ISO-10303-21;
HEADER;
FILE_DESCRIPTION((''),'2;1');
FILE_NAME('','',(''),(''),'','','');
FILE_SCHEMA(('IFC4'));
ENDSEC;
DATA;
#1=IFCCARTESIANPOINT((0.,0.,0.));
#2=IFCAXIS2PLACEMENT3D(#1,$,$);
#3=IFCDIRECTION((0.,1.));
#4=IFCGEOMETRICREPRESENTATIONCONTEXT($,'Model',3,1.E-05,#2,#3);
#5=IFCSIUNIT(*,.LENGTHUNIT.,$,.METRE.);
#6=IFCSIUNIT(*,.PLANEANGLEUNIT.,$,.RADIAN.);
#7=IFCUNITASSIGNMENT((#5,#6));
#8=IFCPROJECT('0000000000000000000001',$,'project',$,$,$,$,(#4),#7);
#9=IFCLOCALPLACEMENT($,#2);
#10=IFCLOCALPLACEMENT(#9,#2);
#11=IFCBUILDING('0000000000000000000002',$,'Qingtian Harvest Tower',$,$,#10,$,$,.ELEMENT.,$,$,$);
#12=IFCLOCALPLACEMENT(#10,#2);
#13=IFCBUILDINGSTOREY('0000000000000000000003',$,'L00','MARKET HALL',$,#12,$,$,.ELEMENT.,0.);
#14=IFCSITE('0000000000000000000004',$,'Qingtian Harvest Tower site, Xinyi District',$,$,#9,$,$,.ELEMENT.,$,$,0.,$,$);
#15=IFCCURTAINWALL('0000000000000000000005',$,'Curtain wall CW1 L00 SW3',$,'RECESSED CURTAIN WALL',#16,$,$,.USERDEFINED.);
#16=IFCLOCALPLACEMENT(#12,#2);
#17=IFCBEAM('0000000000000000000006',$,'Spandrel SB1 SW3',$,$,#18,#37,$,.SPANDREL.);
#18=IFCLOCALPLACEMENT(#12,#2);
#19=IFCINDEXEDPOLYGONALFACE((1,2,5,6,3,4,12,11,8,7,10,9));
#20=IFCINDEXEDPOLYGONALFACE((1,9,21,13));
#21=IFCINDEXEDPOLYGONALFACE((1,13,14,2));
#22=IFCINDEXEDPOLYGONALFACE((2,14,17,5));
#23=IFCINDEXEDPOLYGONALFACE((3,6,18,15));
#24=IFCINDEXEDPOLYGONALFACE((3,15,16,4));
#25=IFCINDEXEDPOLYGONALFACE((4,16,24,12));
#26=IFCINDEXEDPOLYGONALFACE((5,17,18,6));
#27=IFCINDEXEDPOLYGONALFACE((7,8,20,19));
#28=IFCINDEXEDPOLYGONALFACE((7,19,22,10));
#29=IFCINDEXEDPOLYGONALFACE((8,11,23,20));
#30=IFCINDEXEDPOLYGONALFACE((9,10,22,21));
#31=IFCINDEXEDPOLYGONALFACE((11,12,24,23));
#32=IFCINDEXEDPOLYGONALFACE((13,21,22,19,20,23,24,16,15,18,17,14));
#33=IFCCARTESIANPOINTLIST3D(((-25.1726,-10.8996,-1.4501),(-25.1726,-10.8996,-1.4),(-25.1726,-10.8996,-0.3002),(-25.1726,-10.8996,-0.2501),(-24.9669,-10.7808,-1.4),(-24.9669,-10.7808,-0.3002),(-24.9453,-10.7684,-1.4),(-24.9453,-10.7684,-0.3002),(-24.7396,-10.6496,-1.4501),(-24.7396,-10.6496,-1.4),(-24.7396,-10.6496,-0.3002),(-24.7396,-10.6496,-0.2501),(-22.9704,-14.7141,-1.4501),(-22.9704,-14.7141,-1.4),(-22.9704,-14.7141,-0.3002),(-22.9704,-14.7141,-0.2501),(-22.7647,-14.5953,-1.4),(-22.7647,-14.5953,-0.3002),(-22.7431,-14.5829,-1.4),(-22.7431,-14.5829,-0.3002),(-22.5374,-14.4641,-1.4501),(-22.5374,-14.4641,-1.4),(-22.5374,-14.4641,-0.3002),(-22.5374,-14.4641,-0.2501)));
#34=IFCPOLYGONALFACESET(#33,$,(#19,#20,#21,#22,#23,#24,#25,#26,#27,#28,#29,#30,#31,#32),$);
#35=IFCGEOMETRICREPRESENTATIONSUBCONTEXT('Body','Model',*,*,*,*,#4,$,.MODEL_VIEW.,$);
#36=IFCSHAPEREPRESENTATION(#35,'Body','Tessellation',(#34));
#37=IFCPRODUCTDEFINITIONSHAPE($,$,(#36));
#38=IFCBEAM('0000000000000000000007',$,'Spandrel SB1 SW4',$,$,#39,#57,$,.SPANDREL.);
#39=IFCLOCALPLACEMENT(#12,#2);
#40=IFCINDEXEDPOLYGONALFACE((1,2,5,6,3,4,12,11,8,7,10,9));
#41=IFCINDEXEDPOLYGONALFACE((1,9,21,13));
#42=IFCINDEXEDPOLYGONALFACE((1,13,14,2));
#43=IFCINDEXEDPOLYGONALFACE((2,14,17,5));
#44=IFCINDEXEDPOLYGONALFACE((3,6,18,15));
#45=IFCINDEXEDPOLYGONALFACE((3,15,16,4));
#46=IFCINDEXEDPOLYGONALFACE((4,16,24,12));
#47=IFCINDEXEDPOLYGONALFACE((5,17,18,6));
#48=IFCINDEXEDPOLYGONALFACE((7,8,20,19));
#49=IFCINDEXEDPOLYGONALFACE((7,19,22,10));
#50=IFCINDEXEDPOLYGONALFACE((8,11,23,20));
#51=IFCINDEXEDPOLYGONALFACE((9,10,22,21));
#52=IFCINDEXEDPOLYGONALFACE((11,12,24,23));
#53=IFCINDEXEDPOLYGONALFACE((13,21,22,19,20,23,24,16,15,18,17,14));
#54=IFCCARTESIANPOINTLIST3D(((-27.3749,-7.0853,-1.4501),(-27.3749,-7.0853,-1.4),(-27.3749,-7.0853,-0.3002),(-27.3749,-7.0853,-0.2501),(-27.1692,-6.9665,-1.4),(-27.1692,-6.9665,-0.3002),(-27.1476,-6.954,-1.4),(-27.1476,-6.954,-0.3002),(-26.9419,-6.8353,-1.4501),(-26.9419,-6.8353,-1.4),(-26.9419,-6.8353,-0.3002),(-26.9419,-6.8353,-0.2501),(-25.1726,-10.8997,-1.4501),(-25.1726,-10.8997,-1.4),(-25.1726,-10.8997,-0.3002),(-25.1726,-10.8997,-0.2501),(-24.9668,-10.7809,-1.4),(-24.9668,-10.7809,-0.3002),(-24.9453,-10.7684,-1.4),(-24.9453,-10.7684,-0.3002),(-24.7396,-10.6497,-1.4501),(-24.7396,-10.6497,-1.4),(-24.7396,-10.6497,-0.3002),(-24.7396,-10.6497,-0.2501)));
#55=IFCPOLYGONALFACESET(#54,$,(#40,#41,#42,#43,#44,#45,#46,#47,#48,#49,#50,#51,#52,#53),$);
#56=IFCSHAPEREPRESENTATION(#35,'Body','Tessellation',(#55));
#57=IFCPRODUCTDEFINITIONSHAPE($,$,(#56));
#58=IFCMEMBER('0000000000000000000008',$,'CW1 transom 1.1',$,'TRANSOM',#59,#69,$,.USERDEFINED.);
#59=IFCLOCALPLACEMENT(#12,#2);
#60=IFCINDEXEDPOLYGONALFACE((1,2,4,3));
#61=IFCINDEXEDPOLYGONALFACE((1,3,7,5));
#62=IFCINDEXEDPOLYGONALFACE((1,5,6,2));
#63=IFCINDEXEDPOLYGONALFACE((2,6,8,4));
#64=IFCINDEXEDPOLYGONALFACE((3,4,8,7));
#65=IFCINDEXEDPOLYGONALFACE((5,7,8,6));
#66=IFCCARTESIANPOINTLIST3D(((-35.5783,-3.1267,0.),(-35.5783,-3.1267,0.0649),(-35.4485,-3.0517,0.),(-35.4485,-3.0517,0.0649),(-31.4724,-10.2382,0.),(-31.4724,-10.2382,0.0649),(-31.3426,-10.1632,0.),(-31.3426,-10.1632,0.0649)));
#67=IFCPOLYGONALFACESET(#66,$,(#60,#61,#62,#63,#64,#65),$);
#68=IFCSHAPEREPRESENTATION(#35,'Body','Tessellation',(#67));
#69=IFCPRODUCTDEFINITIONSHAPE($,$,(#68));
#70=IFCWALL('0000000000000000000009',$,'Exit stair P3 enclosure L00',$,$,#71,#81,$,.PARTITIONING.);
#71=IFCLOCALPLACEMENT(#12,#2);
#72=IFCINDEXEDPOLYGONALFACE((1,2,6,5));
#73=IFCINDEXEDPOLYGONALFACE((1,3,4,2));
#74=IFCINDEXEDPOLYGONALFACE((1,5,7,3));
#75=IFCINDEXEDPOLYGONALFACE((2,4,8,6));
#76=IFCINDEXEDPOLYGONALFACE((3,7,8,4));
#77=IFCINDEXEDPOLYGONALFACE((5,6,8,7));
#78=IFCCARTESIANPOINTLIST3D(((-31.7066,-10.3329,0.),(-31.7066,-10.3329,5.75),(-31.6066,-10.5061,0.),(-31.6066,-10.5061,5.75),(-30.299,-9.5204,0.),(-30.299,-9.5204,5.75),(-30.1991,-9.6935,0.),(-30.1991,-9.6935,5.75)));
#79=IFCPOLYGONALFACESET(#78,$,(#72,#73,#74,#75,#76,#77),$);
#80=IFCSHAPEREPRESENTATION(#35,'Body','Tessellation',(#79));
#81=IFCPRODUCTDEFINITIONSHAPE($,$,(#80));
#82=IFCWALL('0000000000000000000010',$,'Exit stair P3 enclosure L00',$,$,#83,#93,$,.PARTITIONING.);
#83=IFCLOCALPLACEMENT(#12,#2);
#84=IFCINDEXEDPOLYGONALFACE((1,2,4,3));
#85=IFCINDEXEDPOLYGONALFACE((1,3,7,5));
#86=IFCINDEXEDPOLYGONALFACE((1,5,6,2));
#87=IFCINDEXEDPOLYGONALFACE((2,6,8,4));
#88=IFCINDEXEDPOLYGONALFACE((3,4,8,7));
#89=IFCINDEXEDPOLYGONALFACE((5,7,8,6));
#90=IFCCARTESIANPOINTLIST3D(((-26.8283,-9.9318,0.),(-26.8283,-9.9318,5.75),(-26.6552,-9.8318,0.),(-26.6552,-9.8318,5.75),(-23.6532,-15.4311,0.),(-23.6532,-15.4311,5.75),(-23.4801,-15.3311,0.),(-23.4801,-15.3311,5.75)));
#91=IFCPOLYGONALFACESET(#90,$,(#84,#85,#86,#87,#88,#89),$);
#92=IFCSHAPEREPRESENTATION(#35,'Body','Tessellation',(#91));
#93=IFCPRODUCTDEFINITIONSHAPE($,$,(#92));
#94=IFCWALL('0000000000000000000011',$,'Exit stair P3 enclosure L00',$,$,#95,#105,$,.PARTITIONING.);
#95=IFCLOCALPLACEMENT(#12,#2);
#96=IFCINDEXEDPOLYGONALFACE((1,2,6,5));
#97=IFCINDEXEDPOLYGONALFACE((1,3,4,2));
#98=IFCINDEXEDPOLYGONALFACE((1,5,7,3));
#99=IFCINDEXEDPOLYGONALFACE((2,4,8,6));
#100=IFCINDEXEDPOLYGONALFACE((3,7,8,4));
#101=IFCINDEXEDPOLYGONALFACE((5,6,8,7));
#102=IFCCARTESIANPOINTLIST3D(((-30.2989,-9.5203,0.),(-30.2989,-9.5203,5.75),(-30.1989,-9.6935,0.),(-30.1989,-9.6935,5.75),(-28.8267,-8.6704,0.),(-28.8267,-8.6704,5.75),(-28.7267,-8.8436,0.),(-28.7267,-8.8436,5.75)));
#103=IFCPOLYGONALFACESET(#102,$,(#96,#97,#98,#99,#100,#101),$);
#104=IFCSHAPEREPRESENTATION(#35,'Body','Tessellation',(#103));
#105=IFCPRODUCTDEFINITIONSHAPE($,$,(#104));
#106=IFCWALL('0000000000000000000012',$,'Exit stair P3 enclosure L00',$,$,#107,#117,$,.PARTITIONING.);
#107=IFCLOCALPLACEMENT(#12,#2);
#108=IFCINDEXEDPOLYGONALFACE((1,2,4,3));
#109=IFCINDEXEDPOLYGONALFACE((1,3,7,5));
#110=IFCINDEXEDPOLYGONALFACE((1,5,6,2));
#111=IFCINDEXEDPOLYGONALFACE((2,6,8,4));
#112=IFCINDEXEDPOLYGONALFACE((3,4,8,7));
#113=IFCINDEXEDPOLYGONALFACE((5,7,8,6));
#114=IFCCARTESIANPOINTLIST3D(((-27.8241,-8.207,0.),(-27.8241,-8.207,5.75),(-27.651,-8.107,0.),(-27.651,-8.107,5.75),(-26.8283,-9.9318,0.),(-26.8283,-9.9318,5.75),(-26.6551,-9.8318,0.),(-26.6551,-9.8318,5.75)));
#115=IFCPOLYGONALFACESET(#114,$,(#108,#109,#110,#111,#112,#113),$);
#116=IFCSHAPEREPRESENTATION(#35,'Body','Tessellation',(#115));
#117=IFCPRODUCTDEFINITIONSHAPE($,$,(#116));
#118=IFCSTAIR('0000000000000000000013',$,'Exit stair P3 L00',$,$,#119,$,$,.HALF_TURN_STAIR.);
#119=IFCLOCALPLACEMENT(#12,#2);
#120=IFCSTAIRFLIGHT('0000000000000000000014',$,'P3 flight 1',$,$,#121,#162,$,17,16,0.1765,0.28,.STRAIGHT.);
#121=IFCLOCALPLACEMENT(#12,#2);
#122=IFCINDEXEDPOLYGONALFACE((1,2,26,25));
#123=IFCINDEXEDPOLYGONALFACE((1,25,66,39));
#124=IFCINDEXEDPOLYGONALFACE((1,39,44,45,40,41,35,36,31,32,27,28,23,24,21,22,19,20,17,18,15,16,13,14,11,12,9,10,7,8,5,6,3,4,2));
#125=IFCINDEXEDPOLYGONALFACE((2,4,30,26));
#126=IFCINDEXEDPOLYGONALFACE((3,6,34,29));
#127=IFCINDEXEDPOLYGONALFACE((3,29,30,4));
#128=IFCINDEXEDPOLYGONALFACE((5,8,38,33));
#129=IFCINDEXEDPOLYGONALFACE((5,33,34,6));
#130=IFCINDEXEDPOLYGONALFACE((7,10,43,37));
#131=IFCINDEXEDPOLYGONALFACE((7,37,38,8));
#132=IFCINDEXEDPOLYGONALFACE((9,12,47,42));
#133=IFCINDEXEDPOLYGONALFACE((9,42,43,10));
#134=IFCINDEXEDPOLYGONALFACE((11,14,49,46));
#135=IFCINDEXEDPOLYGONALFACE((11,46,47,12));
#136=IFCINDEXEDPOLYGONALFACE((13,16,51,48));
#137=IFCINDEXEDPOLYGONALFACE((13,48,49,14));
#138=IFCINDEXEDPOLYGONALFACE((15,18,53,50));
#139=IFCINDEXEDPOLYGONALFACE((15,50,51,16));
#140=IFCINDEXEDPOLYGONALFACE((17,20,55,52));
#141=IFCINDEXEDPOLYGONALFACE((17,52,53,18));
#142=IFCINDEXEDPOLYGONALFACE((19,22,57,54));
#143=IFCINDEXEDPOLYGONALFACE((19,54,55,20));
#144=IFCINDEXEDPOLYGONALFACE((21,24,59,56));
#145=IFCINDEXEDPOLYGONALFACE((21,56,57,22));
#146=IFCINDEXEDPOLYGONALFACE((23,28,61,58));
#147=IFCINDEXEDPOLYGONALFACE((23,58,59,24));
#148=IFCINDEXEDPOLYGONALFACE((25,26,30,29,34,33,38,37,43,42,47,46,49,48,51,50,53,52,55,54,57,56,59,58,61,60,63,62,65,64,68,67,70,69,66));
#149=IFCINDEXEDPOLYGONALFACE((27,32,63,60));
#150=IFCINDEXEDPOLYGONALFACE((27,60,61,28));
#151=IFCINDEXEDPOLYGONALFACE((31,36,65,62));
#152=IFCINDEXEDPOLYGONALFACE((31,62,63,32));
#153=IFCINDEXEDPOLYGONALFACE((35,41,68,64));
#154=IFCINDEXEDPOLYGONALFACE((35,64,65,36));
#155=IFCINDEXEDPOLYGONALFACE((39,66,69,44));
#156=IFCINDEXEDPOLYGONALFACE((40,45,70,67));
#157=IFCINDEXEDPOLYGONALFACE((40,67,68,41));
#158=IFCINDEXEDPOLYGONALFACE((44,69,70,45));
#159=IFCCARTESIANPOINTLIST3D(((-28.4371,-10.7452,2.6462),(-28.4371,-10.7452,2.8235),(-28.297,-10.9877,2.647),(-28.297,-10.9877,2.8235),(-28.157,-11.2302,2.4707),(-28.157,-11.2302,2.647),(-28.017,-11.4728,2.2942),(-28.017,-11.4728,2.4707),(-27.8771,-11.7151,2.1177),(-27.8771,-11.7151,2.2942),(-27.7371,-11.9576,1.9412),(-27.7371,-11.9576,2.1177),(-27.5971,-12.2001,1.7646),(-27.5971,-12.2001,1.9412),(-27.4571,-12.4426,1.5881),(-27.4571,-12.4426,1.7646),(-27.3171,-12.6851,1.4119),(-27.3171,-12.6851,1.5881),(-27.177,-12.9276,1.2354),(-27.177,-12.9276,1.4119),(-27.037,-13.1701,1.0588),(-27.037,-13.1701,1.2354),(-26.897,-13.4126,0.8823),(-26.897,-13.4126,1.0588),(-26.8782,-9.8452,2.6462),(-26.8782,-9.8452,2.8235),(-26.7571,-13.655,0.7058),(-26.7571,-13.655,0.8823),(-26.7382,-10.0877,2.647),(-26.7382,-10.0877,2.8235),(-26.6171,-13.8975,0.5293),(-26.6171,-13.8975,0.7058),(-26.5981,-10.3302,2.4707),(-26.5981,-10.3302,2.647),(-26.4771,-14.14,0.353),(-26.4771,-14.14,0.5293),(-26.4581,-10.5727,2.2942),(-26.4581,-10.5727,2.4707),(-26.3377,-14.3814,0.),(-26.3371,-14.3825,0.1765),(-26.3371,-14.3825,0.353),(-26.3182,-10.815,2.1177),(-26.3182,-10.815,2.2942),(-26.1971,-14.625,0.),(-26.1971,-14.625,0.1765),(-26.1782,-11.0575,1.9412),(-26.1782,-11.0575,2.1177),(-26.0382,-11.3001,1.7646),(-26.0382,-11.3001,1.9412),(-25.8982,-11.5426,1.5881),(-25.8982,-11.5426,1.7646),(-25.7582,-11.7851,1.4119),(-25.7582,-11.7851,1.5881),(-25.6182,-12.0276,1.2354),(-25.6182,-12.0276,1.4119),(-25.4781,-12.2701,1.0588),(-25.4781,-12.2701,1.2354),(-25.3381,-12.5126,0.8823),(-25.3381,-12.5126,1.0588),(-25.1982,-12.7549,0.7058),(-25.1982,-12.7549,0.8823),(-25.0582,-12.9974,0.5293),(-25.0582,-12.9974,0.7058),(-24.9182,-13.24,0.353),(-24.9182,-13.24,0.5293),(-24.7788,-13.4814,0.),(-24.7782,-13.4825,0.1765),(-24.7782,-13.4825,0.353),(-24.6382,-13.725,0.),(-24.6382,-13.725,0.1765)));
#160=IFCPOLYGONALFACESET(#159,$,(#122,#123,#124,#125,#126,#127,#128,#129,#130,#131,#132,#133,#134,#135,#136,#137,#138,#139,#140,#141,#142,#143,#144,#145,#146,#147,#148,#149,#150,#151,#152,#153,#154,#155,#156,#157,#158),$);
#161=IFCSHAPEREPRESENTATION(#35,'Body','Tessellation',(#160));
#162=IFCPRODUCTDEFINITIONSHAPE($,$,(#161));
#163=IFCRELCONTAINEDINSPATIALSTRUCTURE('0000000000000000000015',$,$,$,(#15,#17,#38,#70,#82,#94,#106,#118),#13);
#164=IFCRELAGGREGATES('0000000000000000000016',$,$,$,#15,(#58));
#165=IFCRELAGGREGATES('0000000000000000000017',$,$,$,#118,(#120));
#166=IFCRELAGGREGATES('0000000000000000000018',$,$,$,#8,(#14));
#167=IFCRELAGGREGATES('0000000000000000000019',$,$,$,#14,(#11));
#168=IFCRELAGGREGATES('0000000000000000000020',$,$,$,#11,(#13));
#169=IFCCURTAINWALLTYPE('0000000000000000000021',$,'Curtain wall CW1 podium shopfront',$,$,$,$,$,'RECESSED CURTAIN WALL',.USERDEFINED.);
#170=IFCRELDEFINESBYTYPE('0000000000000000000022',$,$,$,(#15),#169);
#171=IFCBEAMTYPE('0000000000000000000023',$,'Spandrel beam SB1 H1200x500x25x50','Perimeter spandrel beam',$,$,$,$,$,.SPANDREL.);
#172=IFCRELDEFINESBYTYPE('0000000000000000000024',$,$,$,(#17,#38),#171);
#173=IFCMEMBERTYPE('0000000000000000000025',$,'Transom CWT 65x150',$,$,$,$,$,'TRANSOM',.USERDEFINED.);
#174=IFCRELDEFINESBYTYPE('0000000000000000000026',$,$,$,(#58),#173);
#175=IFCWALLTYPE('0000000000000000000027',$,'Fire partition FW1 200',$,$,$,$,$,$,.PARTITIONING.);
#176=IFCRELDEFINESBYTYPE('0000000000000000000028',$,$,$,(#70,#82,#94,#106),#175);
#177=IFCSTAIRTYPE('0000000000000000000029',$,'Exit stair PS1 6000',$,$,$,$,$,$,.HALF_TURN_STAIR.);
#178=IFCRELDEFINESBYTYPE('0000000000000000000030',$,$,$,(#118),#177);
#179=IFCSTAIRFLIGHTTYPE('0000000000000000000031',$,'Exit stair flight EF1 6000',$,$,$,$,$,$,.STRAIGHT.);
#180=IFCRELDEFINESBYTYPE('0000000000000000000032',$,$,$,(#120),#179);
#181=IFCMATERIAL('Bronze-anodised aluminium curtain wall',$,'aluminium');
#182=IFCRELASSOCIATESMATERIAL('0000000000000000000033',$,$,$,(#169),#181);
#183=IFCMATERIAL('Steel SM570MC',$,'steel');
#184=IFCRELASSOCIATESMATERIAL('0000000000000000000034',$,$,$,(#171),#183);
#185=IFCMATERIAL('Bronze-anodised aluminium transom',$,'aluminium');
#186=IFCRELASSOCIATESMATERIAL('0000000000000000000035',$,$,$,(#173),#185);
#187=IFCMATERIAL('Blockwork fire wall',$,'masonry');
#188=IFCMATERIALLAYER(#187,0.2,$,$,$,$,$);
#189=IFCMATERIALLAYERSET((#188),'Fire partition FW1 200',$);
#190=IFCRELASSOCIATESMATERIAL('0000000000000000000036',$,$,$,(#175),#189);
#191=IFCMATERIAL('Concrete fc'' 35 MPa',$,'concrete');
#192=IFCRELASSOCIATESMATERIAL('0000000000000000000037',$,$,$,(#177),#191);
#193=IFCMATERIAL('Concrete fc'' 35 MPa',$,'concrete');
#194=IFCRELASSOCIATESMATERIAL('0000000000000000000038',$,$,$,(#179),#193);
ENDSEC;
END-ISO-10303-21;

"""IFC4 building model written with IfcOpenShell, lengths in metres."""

from ifc_helpers import new_model, si_unit, direction, frame, frame_2d, origin, origin_2d, place, context, subcontext, project, spatial, polyline, rectangle, i_section, outline, extrude, material, layer, layer_set, material_profile, profile_set, type_object, element, aggregate, save


model = new_model("IFC4")

# Units and contexts
model_context = context("Model", 3, precision=1e-05, world=origin(), true_north=direction((0.0, 1.0)))
body_context = subcontext(model_context, "Body", "Model", "MODEL_VIEW")
ifc_project = project(units=[si_unit("LENGTHUNIT", "METRE"), si_unit("PLANEANGLEUNIT", "RADIAN")], contexts=[model_context])

# Site, building, storey
site_placement = place(None, origin())
site = spatial("IfcSite", under=ifc_project, at=site_placement, Name="Qingtian Harvest Tower site, Xinyi District", CompositionType="ELEMENT", RefElevation=0.0)
building_placement = place(site_placement, origin())
building = spatial("IfcBuilding", under=site, at=building_placement, Name="Qingtian Harvest Tower", CompositionType="ELEMENT")
storey_placement = place(building_placement, origin())
storey = spatial("IfcBuildingStorey", under=building, at=storey_placement, Name="L00", Description="MARKET HALL", CompositionType="ELEMENT", Elevation=0.0)

# Curtain wall
ifc_material_1 = material(Name="Bronze-anodised aluminium curtain wall", Category="aluminium")
curtain_wall_type = type_object("IfcCurtainWallType", Name="Curtain wall CW1 podium shopfront", ElementType="RECESSED CURTAIN WALL", PredefinedType="USERDEFINED", material=ifc_material_1)
curtain_wall_placement = place(storey_placement, origin())
curtain_wall = element("IfcCurtainWall", 1, at=curtain_wall_placement, inside=storey, type_object=curtain_wall_type, Name="Curtain wall CW1 L00 SW3", ObjectType="RECESSED CURTAIN WALL", PredefinedType="USERDEFINED")

# Beams
ifc_material_2 = material(Name="Steel SM570MC", Category="steel")
ifc_material_profile_1 = material_profile(ifc_material_2, i_section(OverallWidth=0.5, OverallDepth=1.2, WebThickness=0.0249, FlangeThickness=0.05, at=origin_2d()), Name="H1200x500x25x50")
ifc_profile_set_1 = profile_set([ifc_material_profile_1], Name="Steel SM570MC")
beam_type_1 = type_object("IfcBeamType", Name="Spandrel beam SB1 H1200x500x25x50", Description="Perimeter spandrel beam", PredefinedType="SPANDREL", material=ifc_profile_set_1)
for number, where, z_axis, x_axis, name in (
    (2, (-22.7539, -14.5891, -0.8501), (-0.499978, 0.866038, 0.0), (-0.866038, -0.499978, 0.0), "Spandrel SB1 SW3"),
    (3, (-24.9561, -10.7747, -0.8501), (-0.50002, 0.866014, 0.0), (-0.866014, -0.50002, 0.0), "Spandrel SB1 SW4"),
):
    element("IfcBeam", number, at=place(storey_placement, frame(where, z_axis=z_axis, x_axis=x_axis)), inside=storey, type_object=beam_type_1, Name=name, PredefinedType="SPANDREL", context=body_context, shape_type="SweptSolid", body=[
        extrude(i_section(OverallWidth=0.5, OverallDepth=1.2, WebThickness=0.0249, FlangeThickness=0.05, at=origin_2d()), origin(), (0.0, 0.0, 1.0), 4.4045),
    ])

# Member
ifc_material_3 = material(Name="Bronze-anodised aluminium transom", Category="aluminium")
ifc_material_profile_2 = material_profile(ifc_material_3, rectangle(XDim=0.1499, YDim=0.0649, at=origin_2d()), Name="AL 65x150")
ifc_profile_set_2 = profile_set([ifc_material_profile_2], Name="Bronze-anodised aluminium transom")
member_type_1 = type_object("IfcMemberType", Name="Transom CWT 65x150", ElementType="TRANSOM", PredefinedType="USERDEFINED", material=ifc_profile_set_2)
member_1_placement = place(storey_placement, frame((-31.4075, -10.2007, 0.0325), z_axis=(-0.500008, 0.866021, 0.0), x_axis=(-0.866021, -0.500008, 0.0)))
member_1 = element("IfcMember", 4, at=member_1_placement, type_object=member_type_1, Name="CW1 transom 1.1", ObjectType="TRANSOM", PredefinedType="USERDEFINED", context=body_context, shape_type="SweptSolid", body=[
    extrude(rectangle(XDim=0.1499, YDim=0.0649, at=origin_2d()), origin(), (0.0, 0.0, 1.0), 8.2117),
])
aggregate(curtain_wall, [member_1])

# Walls
ifc_material_4 = material(Name="Blockwork fire wall", Category="masonry")
ifc_layer = layer(ifc_material_4, 0.2)
ifc_layer_set = layer_set([ifc_layer], Name="Fire partition FW1 200")
wall_type = type_object("IfcWallType", Name="Fire partition FW1 200", PredefinedType="PARTITIONING", material=ifc_layer_set)
wall_1_placement = place(storey_placement, frame((-31.6565, -10.4194, 0.0), z_axis=(0.0, 0.0, 1.0), x_axis=(0.866053, 0.499952, 0.0)))
element("IfcWall", 5, at=wall_1_placement, inside=storey, type_object=wall_type, Name="Exit stair P3 enclosure L00", PredefinedType="PARTITIONING", context=body_context, shape_type="SweptSolid", body=[
    extrude(rectangle(XDim=1.6252, YDim=0.2, at=frame_2d((0.8125, 0.0))), origin(), (0.0, 0.0, 1.0), 5.75),
])
wall_2_placement = place(storey_placement, frame((-23.5667, -15.3811, 0.0), z_axis=(0.0, 0.0, 1.0), x_axis=(-0.500005, 0.866022, 0.0)))
element("IfcWall", 6, at=wall_2_placement, inside=storey, type_object=wall_type, Name="Exit stair P3 enclosure L00", PredefinedType="PARTITIONING", context=body_context, shape_type="SweptSolid", body=[
    extrude(rectangle(XDim=6.3501, YDim=0.2, at=frame_2d((3.175, 0.0))), origin(), (0.0, 0.0, 1.0), 5.75),
])
wall_3_placement = place(storey_placement, frame((-30.249, -9.6069, 0.0), z_axis=(0.0, 0.0, 1.0), x_axis=(0.866052, 0.499955, 0.0)))
element("IfcWall", 7, at=wall_3_placement, inside=storey, type_object=wall_type, Name="Exit stair P3 enclosure L00", PredefinedType="PARTITIONING", context=body_context, shape_type="SweptSolid", body=[
    extrude(rectangle(XDim=1.7, YDim=0.2, at=frame_2d((0.8501, 0.0))), origin(), (0.0, 0.0, 1.0), 5.75),
])
wall_4_placement = place(storey_placement, frame((-26.7417, -9.8818, 0.0), z_axis=(0.0, 0.0, 1.0), x_axis=(-0.500002, 0.866024, 0.0)))
element("IfcWall", 8, at=wall_4_placement, inside=storey, type_object=wall_type, Name="Exit stair P3 enclosure L00", PredefinedType="PARTITIONING", context=body_context, shape_type="SweptSolid", body=[
    extrude(rectangle(XDim=1.9917, YDim=0.2, at=frame_2d((0.9958, 0.0))), origin(), (0.0, 0.0, 1.0), 5.75),
])

# Stair, stair flight
ifc_material_5 = material(Name="Concrete fc' 35 MPa", Category="concrete")
stair_type = type_object("IfcStairType", Name="Exit stair PS1 6000", PredefinedType="HALF_TURN_STAIR", material=ifc_material_5)
stair_placement = place(storey_placement, origin())
stair = element("IfcStair", 9, at=stair_placement, inside=storey, type_object=stair_type, Name="Exit stair P3 L00", PredefinedType="HALF_TURN_STAIR")
ifc_material_6 = material(Name="Concrete fc' 35 MPa", Category="concrete")
stair_flight_type = type_object("IfcStairFlightType", Name="Exit stair flight EF1 6000", PredefinedType="STRAIGHT", material=ifc_material_6)
stair_flight_1_placement = place(storey_placement, frame((-25.4177, -14.175, 0.0), z_axis=(0.0, 0.0, 1.0), x_axis=(-0.5, 0.866025, 0.0)))
stair_flight_1 = element("IfcStairFlight", 10, at=stair_flight_1_placement, type_object=stair_flight_type, Name="P3 flight 1", NumberOfRisers=17, NumberOfTreads=16, PredefinedType="STRAIGHT", RiserHeight=0.1765, TreadLength=0.28, context=body_context, shape_type="SweptSolid", body=[
    extrude(outline(polyline([(0.0, 0.0), (0.0, 0.1765), (0.28, 0.1765), (0.28, 0.353), (0.5601, 0.353), (0.5601, 0.5293), (0.8401, 0.5293), (0.8401, 0.7058), (1.1201, 0.7058), (1.1201, 0.8823), (1.3999, 0.8823), (1.3999, 1.0588), (1.6799, 1.0588), (1.6799, 1.2354), (1.96, 1.2354), (1.96, 1.4119), (2.24, 1.4119), (2.24, 1.5881), (2.52, 1.5881), (2.52, 1.7646), (2.8, 1.7646), (2.8, 1.9412), (3.0801, 1.9412), (3.0801, 2.1177), (3.3601, 2.1177), (3.3601, 2.2942), (3.6399, 2.2942), (3.6399, 2.4707), (3.9199, 2.4707), (3.9199, 2.647), (4.2, 2.647), (4.2, 2.8235), (4.48, 2.8235), (4.48, 3.0), (4.48, 2.6462), (0.2812, 0.0), (0.0, 0.0)])), frame((0.0, 0.8999, 0.0), z_axis=(0.0, -1.0, 0.0), x_axis=(1.0, 0.0, 0.0)), (0.0, 0.0, 1.0), 1.8),
])
aggregate(stair, [stair_flight_1])

save(model, "model.ifc")
